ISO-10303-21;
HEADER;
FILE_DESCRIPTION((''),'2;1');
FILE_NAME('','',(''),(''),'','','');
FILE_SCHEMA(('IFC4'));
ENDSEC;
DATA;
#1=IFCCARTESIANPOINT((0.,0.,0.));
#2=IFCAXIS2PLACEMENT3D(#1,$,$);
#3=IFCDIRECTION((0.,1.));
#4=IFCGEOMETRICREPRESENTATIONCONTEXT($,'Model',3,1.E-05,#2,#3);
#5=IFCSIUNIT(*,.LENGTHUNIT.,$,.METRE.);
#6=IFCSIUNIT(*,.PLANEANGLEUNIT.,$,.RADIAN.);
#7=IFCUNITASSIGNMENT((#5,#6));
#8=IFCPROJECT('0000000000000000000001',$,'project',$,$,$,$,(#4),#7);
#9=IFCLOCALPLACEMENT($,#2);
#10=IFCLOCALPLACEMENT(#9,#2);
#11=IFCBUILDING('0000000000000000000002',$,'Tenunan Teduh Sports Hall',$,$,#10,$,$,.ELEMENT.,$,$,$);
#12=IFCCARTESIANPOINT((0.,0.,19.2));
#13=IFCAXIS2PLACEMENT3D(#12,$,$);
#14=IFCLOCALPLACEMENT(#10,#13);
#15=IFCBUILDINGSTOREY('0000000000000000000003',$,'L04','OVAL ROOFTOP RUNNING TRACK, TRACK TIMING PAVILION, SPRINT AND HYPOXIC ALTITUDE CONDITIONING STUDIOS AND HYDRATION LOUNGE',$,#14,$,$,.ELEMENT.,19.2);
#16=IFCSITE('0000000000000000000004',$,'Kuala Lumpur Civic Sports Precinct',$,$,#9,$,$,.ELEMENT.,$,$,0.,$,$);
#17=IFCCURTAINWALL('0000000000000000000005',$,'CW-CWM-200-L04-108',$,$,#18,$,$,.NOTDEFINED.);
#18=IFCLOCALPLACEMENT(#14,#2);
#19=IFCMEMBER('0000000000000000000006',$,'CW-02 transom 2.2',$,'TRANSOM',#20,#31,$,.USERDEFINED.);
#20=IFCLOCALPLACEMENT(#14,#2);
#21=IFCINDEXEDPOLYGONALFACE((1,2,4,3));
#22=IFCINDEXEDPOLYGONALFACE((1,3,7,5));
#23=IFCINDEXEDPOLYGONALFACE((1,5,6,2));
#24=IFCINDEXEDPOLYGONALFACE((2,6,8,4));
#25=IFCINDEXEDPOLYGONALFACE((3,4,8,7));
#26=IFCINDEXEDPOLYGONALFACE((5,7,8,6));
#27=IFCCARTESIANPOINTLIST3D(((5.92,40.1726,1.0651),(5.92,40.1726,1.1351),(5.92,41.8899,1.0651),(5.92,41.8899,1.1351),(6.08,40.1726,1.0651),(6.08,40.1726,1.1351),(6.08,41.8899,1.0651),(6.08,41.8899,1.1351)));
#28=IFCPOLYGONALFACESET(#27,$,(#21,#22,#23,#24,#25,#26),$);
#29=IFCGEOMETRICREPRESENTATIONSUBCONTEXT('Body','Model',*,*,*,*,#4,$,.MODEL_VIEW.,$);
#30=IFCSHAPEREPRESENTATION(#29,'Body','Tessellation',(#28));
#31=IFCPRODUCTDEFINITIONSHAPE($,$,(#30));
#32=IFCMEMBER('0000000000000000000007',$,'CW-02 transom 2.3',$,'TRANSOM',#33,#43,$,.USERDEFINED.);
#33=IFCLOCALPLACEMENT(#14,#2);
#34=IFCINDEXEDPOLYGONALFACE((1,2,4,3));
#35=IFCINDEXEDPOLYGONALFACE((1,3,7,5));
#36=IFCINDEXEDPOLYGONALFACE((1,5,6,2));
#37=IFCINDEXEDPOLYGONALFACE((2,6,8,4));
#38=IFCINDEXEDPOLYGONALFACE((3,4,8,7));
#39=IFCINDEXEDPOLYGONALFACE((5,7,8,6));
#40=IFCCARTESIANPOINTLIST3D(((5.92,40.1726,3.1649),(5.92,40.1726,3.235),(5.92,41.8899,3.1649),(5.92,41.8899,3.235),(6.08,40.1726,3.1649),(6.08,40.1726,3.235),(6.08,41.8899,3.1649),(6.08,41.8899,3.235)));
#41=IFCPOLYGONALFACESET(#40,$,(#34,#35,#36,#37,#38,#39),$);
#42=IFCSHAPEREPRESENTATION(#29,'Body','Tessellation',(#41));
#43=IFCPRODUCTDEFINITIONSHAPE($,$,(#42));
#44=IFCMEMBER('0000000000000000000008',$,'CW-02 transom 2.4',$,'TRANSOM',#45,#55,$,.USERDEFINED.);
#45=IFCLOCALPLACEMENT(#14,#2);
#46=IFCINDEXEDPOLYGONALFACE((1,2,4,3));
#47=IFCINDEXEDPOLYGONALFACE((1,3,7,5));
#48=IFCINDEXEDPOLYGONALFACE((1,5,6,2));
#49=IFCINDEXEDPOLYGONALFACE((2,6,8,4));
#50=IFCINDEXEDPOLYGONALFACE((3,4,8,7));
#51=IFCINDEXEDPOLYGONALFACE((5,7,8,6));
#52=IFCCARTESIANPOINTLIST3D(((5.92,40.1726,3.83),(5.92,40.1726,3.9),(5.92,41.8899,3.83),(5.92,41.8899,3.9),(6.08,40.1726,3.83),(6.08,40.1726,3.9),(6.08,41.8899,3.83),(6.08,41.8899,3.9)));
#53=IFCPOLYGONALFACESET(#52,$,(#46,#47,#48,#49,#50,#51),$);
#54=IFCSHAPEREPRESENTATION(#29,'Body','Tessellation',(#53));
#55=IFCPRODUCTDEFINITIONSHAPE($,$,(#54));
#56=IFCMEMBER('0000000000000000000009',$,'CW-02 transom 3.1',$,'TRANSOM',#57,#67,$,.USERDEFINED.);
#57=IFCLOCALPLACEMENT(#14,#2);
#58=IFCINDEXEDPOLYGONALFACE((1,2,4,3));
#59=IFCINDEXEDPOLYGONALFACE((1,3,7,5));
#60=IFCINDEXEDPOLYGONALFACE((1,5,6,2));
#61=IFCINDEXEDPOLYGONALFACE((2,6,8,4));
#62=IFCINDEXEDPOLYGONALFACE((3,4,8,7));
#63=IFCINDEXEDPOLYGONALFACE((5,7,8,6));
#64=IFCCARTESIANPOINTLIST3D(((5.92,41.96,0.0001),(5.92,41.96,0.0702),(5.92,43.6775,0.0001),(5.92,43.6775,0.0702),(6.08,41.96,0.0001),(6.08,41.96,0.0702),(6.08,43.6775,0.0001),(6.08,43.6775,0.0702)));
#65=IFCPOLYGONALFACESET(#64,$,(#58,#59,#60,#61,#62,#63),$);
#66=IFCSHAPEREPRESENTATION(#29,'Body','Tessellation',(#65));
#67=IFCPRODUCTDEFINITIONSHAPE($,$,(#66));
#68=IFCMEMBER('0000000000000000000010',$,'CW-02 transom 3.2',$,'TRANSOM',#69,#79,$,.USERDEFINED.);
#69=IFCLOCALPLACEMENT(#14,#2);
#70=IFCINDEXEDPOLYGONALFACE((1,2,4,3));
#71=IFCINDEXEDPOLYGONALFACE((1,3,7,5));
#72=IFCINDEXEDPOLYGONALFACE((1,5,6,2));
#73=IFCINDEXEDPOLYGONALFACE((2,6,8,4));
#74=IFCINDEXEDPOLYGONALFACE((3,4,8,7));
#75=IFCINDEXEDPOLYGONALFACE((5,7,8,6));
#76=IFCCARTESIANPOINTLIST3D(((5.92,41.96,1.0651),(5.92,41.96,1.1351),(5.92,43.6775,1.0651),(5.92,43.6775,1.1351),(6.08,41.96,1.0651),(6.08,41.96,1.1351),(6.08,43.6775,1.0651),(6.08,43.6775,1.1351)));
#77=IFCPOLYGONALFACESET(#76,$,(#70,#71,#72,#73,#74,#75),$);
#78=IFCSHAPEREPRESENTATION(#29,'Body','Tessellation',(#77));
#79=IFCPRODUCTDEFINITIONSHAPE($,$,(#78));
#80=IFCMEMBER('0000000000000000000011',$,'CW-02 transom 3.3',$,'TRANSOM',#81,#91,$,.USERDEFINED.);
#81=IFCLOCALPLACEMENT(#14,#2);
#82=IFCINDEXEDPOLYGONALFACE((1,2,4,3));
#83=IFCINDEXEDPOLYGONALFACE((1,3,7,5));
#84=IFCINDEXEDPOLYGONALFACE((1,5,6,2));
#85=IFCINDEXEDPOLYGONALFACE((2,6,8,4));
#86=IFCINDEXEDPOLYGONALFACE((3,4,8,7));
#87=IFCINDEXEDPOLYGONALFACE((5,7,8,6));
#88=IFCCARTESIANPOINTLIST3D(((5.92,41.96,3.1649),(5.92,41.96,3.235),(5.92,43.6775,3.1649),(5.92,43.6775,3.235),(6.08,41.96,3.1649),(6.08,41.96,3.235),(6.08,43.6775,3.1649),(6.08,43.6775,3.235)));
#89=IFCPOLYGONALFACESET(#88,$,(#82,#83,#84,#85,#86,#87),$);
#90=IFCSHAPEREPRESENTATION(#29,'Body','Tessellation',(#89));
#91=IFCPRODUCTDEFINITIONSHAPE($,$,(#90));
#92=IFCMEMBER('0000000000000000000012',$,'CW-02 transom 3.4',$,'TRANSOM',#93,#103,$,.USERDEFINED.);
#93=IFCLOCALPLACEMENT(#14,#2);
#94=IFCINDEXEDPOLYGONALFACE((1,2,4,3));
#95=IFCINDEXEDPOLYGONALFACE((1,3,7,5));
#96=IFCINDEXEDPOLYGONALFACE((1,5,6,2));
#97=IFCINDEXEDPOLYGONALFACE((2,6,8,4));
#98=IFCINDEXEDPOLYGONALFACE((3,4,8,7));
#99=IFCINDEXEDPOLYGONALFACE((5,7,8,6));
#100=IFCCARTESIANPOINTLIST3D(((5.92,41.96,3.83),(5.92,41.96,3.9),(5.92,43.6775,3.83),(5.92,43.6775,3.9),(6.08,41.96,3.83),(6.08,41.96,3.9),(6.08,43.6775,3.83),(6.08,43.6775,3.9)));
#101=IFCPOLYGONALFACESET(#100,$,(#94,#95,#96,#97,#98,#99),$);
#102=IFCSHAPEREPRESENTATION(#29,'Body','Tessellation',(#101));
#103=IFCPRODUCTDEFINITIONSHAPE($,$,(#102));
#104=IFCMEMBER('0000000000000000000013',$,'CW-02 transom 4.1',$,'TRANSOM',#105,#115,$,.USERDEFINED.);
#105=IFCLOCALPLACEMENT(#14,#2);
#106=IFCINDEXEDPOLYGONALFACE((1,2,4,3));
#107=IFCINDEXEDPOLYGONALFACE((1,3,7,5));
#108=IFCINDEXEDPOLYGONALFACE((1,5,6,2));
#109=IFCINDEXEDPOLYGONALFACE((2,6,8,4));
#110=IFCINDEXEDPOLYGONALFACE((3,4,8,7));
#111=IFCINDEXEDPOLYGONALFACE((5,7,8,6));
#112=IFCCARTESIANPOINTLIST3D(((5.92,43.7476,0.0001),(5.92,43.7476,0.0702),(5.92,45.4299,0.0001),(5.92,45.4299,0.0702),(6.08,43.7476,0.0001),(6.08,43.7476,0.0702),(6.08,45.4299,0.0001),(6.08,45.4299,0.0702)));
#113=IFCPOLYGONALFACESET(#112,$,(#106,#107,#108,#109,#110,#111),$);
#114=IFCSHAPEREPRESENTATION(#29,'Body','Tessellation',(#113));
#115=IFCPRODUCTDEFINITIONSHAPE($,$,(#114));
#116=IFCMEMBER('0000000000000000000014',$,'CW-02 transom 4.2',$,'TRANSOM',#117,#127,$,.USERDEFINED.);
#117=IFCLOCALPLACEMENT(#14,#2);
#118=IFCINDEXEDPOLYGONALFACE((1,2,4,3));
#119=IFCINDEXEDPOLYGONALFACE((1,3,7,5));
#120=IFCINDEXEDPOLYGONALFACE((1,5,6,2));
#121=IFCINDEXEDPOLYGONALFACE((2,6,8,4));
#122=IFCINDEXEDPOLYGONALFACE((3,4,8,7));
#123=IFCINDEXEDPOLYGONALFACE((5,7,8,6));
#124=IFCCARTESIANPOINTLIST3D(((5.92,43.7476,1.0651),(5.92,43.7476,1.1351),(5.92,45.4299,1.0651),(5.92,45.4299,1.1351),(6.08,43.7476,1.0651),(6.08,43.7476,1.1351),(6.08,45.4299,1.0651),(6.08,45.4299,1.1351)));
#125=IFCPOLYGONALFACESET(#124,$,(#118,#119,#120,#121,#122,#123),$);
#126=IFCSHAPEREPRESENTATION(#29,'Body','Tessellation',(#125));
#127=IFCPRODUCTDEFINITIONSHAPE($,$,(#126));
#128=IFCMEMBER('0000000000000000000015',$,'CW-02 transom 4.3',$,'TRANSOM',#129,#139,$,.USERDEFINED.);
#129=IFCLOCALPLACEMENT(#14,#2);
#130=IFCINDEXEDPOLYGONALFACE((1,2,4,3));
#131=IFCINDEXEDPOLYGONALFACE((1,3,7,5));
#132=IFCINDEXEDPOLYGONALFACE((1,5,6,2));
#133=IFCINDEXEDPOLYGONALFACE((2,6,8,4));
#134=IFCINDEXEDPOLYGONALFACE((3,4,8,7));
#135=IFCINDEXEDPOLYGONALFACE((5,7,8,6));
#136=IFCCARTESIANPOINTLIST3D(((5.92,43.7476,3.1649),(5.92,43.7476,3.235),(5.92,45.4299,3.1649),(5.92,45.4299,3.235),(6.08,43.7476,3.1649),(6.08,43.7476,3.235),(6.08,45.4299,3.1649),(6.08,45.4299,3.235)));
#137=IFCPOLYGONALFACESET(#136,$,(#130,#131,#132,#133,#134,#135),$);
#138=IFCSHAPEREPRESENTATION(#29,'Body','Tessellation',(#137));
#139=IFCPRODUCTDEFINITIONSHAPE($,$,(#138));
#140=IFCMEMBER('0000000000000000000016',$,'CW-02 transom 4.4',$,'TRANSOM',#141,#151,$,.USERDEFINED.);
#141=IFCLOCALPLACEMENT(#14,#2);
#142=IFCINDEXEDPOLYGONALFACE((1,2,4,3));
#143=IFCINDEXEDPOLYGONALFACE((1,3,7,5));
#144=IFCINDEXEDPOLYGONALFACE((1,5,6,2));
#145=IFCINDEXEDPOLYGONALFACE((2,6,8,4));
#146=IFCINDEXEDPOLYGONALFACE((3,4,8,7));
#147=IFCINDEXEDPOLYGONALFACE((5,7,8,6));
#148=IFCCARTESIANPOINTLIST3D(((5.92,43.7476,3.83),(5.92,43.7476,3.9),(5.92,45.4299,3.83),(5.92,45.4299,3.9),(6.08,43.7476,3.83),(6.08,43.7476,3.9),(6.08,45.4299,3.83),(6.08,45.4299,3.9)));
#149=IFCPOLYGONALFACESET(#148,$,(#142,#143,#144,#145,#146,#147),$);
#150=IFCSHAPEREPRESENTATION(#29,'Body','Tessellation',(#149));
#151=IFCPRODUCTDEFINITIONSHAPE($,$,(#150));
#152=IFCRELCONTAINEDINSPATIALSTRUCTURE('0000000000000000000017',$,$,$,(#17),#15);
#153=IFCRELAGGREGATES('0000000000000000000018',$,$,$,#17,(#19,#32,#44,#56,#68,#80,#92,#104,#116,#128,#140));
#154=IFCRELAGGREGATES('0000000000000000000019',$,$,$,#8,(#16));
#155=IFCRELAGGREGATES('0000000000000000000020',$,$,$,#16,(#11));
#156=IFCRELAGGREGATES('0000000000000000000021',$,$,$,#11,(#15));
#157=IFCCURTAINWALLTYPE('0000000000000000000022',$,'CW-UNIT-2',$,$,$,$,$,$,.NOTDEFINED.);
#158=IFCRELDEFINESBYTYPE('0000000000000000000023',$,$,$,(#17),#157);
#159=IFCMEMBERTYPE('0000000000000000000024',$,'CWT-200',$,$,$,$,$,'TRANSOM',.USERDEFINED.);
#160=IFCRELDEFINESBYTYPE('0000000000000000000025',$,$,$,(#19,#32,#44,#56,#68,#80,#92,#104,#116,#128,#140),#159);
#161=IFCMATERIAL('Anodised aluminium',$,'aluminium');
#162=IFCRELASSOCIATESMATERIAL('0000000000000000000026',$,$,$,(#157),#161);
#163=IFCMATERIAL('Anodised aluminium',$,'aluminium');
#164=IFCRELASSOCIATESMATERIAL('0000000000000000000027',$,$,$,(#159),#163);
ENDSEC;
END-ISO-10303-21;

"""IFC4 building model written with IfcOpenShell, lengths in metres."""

from ifc_helpers import new_model, si_unit, direction, frame, origin, origin_2d, place, context, subcontext, project, spatial, rectangle, extrude, material, material_profile, profile_set, type_object, element, aggregate, save


model = new_model("IFC4")

# Units and contexts
model_context = context("Model", 3, precision=1e-05, world=origin(), true_north=direction((0.0, 1.0)))
body_context = subcontext(model_context, "Body", "Model", "MODEL_VIEW")
ifc_project = project(units=[si_unit("LENGTHUNIT", "METRE"), si_unit("PLANEANGLEUNIT", "RADIAN")], contexts=[model_context])

# Site, building, storey
site_placement = place(None, origin())
site = spatial("IfcSite", under=ifc_project, at=site_placement, Name="Kuala Lumpur Civic Sports Precinct", CompositionType="ELEMENT", RefElevation=0.0)
building_placement = place(site_placement, origin())
building = spatial("IfcBuilding", under=site, at=building_placement, Name="Tenunan Teduh Sports Hall", CompositionType="ELEMENT")
storey_placement = place(building_placement, frame((0.0, 0.0, 19.2)))
storey = spatial("IfcBuildingStorey", under=building, at=storey_placement, Name="L04", Description="OVAL ROOFTOP RUNNING TRACK, TRACK TIMING PAVILION, SPRINT AND HYPOXIC ALTITUDE CONDITIONING STUDIOS AND HYDRATION LOUNGE", CompositionType="ELEMENT", Elevation=19.2)

# Curtain wall, members
ifc_material_1 = material(Name="Anodised aluminium", Category="aluminium")
curtain_wall_type = type_object("IfcCurtainWallType", Name="CW-UNIT-2", PredefinedType="NOTDEFINED", material=ifc_material_1)
curtain_wall_placement = place(storey_placement, origin())
curtain_wall = element("IfcCurtainWall", 1, at=curtain_wall_placement, inside=storey, type_object=curtain_wall_type, Name="CW-CWM-200-L04-108", PredefinedType="NOTDEFINED")
ifc_material_2 = material(Name="Anodised aluminium", Category="aluminium")
ifc_material_profile_1 = material_profile(ifc_material_2, rectangle(XDim=0.0701, YDim=0.1599, at=origin_2d()), Name="CWT 70x160")
ifc_profile_set_1 = profile_set([ifc_material_profile_1], Name="Anodised aluminium")
member_type_1 = type_object("IfcMemberType", Name="CWT-200", ElementType="TRANSOM", PredefinedType="USERDEFINED", material=ifc_profile_set_1)
member_1_placement = place(storey_placement, frame((6.0, 40.1726, 1.1001), z_axis=(0.0, 1.0, 0.0), x_axis=(0.0, 0.0, 1.0)))
member_1 = element("IfcMember", 2, at=member_1_placement, type_object=member_type_1, Name="CW-02 transom 2.2", ObjectType="TRANSOM", PredefinedType="USERDEFINED", context=body_context, shape_type="SweptSolid", body=[
    extrude(rectangle(XDim=0.0701, YDim=0.1599, at=origin_2d()), origin(), (0.0, 0.0, 1.0), 1.7173),
])
member_2_placement = place(storey_placement, frame((6.0, 40.1726, 3.2), z_axis=(0.0, 1.0, 0.0), x_axis=(0.0, 0.0, 1.0)))
member_2 = element("IfcMember", 3, at=member_2_placement, type_object=member_type_1, Name="CW-02 transom 2.3", ObjectType="TRANSOM", PredefinedType="USERDEFINED", context=body_context, shape_type="SweptSolid", body=[
    extrude(rectangle(XDim=0.0701, YDim=0.1599, at=origin_2d()), origin(), (0.0, 0.0, 1.0), 1.7173),
])
member_3_placement = place(storey_placement, frame((6.0, 40.1726, 3.865), z_axis=(0.0, 1.0, 0.0), x_axis=(0.0, 0.0, 1.0)))
member_3 = element("IfcMember", 4, at=member_3_placement, type_object=member_type_1, Name="CW-02 transom 2.4", ObjectType="TRANSOM", PredefinedType="USERDEFINED", context=body_context, shape_type="SweptSolid", body=[
    extrude(rectangle(XDim=0.0701, YDim=0.1599, at=origin_2d()), origin(), (0.0, 0.0, 1.0), 1.7173),
])
member_4_placement = place(storey_placement, frame((6.0, 41.96, 0.0352), z_axis=(0.0, 1.0, 0.0), x_axis=(0.0, 0.0, 1.0)))
member_4 = element("IfcMember", 5, at=member_4_placement, type_object=member_type_1, Name="CW-02 transom 3.1", ObjectType="TRANSOM", PredefinedType="USERDEFINED", context=body_context, shape_type="SweptSolid", body=[
    extrude(rectangle(XDim=0.0701, YDim=0.1599, at=origin_2d()), origin(), (0.0, 0.0, 1.0), 1.7175),
])
member_5_placement = place(storey_placement, frame((6.0, 41.96, 1.1001), z_axis=(0.0, 1.0, 0.0), x_axis=(0.0, 0.0, 1.0)))
member_5 = element("IfcMember", 6, at=member_5_placement, type_object=member_type_1, Name="CW-02 transom 3.2", ObjectType="TRANSOM", PredefinedType="USERDEFINED", context=body_context, shape_type="SweptSolid", body=[
    extrude(rectangle(XDim=0.0701, YDim=0.1599, at=origin_2d()), origin(), (0.0, 0.0, 1.0), 1.7175),
])
member_6_placement = place(storey_placement, frame((6.0, 41.96, 3.2), z_axis=(0.0, 1.0, 0.0), x_axis=(0.0, 0.0, 1.0)))
member_6 = element("IfcMember", 7, at=member_6_placement, type_object=member_type_1, Name="CW-02 transom 3.3", ObjectType="TRANSOM", PredefinedType="USERDEFINED", context=body_context, shape_type="SweptSolid", body=[
    extrude(rectangle(XDim=0.0701, YDim=0.1599, at=origin_2d()), origin(), (0.0, 0.0, 1.0), 1.7175),
])
member_7_placement = place(storey_placement, frame((6.0, 41.96, 3.865), z_axis=(0.0, 1.0, 0.0), x_axis=(0.0, 0.0, 1.0)))
member_7 = element("IfcMember", 8, at=member_7_placement, type_object=member_type_1, Name="CW-02 transom 3.4", ObjectType="TRANSOM", PredefinedType="USERDEFINED", context=body_context, shape_type="SweptSolid", body=[
    extrude(rectangle(XDim=0.0701, YDim=0.1599, at=origin_2d()), origin(), (0.0, 0.0, 1.0), 1.7175),
])
member_8_placement = place(storey_placement, frame((6.0, 43.7476, 0.0352), z_axis=(0.0, 1.0, 0.0), x_axis=(0.0, 0.0, 1.0)))
member_8 = element("IfcMember", 9, at=member_8_placement, type_object=member_type_1, Name="CW-02 transom 4.1", ObjectType="TRANSOM", PredefinedType="USERDEFINED", context=body_context, shape_type="SweptSolid", body=[
    extrude(rectangle(XDim=0.0701, YDim=0.1599, at=origin_2d()), origin(), (0.0, 0.0, 1.0), 1.6824),
])
member_9_placement = place(storey_placement, frame((6.0, 43.7476, 1.1001), z_axis=(0.0, 1.0, 0.0), x_axis=(0.0, 0.0, 1.0)))
member_9 = element("IfcMember", 10, at=member_9_placement, type_object=member_type_1, Name="CW-02 transom 4.2", ObjectType="TRANSOM", PredefinedType="USERDEFINED", context=body_context, shape_type="SweptSolid", body=[
    extrude(rectangle(XDim=0.0701, YDim=0.1599, at=origin_2d()), origin(), (0.0, 0.0, 1.0), 1.6824),
])
member_10_placement = place(storey_placement, frame((6.0, 43.7476, 3.2), z_axis=(0.0, 1.0, 0.0), x_axis=(0.0, 0.0, 1.0)))
member_10 = element("IfcMember", 11, at=member_10_placement, type_object=member_type_1, Name="CW-02 transom 4.3", ObjectType="TRANSOM", PredefinedType="USERDEFINED", context=body_context, shape_type="SweptSolid", body=[
    extrude(rectangle(XDim=0.0701, YDim=0.1599, at=origin_2d()), origin(), (0.0, 0.0, 1.0), 1.6824),
])
member_11_placement = place(storey_placement, frame((6.0, 43.7476, 3.865), z_axis=(0.0, 1.0, 0.0), x_axis=(0.0, 0.0, 1.0)))
member_11 = element("IfcMember", 12, at=member_11_placement, type_object=member_type_1, Name="CW-02 transom 4.4", ObjectType="TRANSOM", PredefinedType="USERDEFINED", context=body_context, shape_type="SweptSolid", body=[
    extrude(rectangle(XDim=0.0701, YDim=0.1599, at=origin_2d()), origin(), (0.0, 0.0, 1.0), 1.6824),
])

aggregate(curtain_wall, [member_1, member_2, member_3, member_4, member_5, member_6, member_7, member_8, member_9, member_10, member_11])

save(model, "model.ifc")
